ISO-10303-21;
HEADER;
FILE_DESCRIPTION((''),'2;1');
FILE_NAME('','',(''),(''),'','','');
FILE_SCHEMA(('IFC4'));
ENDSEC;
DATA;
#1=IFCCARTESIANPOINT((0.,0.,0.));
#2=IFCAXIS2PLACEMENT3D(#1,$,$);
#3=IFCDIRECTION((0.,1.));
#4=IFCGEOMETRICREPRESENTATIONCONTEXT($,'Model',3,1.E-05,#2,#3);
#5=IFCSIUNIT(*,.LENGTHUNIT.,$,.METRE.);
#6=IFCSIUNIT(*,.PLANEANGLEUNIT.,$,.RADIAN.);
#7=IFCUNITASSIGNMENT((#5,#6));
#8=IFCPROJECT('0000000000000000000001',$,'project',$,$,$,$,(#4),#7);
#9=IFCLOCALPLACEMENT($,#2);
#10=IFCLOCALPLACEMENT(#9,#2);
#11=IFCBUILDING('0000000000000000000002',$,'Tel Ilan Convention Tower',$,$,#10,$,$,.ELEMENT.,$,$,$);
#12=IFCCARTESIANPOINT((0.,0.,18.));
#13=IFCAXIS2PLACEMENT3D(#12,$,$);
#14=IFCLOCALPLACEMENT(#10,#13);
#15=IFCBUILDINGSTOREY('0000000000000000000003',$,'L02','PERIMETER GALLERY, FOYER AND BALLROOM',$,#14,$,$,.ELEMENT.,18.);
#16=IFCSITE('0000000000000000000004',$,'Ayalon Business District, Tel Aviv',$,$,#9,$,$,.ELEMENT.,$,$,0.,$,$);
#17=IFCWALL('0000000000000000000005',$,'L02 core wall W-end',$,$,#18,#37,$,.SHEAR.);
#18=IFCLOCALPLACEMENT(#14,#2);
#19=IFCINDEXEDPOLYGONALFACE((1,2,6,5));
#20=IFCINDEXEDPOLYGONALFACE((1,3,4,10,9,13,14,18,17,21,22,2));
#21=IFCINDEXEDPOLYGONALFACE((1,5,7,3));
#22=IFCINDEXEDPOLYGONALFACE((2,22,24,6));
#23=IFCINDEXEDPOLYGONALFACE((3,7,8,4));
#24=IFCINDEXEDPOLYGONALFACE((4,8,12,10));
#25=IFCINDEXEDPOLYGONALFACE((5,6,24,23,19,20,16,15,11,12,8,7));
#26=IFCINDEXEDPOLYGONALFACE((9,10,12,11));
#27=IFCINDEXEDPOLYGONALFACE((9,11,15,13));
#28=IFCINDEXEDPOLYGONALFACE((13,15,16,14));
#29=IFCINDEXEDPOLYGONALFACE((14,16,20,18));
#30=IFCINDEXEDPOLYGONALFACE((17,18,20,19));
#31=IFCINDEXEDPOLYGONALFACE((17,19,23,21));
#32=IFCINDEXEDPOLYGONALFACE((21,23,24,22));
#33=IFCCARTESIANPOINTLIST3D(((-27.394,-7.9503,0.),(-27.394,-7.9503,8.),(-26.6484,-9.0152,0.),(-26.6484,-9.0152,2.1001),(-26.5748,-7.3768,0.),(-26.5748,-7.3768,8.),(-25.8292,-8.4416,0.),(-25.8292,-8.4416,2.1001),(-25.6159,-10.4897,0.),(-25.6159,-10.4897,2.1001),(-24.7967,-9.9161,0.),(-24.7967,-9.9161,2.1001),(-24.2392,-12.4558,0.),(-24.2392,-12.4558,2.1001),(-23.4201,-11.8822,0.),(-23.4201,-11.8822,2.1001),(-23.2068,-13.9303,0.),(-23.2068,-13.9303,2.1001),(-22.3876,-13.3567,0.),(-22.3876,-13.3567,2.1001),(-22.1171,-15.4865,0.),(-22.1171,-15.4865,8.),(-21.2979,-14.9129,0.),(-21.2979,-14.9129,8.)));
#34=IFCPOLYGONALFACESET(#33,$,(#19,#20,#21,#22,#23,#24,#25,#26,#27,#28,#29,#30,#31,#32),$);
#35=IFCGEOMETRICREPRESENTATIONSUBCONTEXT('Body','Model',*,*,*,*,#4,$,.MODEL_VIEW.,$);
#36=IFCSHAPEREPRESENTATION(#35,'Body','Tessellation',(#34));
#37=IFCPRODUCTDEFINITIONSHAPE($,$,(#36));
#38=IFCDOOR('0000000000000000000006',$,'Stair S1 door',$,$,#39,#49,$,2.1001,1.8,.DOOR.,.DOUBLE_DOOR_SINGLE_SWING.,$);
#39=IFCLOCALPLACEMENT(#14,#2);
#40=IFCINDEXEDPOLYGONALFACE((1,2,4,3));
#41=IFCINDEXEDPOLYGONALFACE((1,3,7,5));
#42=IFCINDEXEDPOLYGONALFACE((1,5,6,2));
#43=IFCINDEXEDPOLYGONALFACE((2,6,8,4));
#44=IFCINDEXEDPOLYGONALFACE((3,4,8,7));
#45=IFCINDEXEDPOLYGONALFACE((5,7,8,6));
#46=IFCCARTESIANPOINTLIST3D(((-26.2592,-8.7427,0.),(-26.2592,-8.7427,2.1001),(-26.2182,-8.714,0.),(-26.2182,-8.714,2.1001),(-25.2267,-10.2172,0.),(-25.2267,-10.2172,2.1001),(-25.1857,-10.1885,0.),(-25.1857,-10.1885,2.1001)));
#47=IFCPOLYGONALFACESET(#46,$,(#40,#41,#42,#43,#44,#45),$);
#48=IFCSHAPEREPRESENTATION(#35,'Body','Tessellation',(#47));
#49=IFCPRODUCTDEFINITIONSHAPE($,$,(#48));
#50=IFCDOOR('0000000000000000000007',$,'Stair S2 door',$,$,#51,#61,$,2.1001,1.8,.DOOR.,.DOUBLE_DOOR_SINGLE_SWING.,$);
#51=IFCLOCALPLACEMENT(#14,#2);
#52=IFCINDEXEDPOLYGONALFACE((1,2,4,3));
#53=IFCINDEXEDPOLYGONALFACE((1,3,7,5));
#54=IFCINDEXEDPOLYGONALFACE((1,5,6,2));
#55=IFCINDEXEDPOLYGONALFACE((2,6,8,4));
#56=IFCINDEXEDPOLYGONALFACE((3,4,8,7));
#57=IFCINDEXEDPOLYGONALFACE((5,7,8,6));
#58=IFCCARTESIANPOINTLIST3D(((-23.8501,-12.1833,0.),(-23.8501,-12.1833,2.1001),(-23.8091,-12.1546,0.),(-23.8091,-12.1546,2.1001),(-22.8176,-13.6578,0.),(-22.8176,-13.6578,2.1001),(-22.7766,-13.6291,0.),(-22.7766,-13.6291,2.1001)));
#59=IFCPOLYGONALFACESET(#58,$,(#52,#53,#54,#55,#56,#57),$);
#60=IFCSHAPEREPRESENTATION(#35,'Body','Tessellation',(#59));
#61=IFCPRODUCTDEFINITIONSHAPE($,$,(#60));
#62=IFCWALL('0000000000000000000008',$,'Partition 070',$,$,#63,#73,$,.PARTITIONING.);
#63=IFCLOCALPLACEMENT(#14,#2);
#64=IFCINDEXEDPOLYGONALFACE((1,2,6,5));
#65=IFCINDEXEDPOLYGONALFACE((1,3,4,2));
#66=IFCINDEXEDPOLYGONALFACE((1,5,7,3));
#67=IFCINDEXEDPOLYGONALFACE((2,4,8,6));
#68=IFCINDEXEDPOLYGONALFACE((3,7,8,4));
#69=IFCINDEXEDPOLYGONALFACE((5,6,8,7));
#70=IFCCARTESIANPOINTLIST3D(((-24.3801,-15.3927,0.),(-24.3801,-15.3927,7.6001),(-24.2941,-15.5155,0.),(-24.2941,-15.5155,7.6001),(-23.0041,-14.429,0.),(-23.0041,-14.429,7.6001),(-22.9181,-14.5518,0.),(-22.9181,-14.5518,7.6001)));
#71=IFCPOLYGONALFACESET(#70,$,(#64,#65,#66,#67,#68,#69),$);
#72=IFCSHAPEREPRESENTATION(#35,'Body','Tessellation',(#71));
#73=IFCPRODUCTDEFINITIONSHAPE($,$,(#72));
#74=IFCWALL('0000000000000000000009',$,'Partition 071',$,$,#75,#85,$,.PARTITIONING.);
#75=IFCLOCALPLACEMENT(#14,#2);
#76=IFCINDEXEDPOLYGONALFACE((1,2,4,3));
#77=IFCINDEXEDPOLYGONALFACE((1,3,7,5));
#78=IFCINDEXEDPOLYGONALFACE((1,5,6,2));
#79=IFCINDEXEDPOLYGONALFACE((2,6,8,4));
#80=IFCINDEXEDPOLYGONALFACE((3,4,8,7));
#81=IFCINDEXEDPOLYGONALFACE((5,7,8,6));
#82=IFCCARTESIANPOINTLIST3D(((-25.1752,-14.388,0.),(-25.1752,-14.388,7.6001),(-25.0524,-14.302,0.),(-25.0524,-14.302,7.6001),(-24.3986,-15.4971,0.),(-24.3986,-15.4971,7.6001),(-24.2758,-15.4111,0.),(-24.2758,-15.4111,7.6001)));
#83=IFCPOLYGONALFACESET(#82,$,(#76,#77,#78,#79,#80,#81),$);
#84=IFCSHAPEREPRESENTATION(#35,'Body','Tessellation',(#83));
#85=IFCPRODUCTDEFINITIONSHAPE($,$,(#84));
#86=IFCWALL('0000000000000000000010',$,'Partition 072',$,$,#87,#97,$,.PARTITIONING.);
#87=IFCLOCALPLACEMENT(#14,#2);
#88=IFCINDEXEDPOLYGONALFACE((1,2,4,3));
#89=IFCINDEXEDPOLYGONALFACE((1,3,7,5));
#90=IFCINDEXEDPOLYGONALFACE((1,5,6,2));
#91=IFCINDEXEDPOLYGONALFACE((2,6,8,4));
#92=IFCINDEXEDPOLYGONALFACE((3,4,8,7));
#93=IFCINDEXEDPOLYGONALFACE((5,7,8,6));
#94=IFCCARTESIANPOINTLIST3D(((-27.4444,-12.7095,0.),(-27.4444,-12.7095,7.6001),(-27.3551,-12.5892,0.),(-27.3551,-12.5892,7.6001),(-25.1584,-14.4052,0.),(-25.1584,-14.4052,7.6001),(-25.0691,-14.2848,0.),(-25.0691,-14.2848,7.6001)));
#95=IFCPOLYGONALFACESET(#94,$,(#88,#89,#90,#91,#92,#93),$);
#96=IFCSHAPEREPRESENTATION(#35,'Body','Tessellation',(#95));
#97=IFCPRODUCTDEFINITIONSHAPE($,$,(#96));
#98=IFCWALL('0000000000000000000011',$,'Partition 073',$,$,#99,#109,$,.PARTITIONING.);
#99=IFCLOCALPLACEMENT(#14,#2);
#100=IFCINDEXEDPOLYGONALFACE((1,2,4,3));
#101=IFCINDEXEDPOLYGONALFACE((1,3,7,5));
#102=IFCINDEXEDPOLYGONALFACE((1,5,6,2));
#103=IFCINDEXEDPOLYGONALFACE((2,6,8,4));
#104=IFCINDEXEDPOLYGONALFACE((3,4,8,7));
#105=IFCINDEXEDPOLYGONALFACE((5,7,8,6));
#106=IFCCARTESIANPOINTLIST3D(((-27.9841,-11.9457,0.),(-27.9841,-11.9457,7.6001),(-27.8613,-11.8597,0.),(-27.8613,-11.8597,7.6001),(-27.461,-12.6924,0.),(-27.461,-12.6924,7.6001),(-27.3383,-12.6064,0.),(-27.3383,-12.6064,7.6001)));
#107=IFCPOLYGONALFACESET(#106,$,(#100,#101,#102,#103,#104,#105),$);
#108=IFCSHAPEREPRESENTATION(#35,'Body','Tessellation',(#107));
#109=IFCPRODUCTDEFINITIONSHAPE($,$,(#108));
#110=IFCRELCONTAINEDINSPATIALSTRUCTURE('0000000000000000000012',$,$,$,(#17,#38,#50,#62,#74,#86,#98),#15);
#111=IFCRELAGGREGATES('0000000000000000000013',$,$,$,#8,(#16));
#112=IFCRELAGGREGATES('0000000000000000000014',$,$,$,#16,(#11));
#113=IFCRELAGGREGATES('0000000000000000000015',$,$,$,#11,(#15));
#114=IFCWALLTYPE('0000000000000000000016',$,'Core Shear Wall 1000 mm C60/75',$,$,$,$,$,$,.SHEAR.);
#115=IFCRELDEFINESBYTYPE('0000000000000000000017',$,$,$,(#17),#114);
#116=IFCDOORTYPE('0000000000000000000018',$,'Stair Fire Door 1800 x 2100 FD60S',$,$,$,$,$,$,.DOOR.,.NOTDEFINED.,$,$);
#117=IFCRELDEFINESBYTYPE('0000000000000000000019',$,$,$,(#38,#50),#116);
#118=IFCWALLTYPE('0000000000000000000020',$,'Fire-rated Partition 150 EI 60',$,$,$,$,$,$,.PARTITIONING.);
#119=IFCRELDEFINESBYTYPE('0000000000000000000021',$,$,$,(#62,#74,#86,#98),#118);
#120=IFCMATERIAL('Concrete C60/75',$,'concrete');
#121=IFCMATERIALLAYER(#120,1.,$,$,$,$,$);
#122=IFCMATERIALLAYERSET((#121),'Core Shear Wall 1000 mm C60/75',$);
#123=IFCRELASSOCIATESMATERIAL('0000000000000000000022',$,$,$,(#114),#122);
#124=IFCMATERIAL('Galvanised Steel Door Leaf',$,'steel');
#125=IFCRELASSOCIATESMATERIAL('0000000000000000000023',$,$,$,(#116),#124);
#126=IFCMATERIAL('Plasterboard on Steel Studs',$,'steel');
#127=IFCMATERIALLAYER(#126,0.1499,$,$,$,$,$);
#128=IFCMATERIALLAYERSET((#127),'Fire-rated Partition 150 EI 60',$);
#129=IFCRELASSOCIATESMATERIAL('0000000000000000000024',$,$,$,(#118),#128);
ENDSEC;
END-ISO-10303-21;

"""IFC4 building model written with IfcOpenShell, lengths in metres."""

from ifc_helpers import new_model, si_unit, direction, frame, frame_2d, origin, place, context, subcontext, project, spatial, polyline, rectangle, outline, extrude, material, layer, layer_set, type_object, element, fill, save


model = new_model("IFC4")

# Units and contexts
model_context = context("Model", 3, precision=1e-05, world=origin(), true_north=direction((0.0, 1.0)))
body_context = subcontext(model_context, "Body", "Model", "MODEL_VIEW")
ifc_project = project(units=[si_unit("LENGTHUNIT", "METRE"), si_unit("PLANEANGLEUNIT", "RADIAN")], contexts=[model_context])

# Site, building, storey
site_placement = place(None, origin())
site = spatial("IfcSite", under=ifc_project, at=site_placement, Name="Ayalon Business District, Tel Aviv", CompositionType="ELEMENT", RefElevation=0.0)
building_placement = place(site_placement, origin())
building = spatial("IfcBuilding", under=site, at=building_placement, Name="Tel Ilan Convention Tower", CompositionType="ELEMENT")
storey_placement = place(building_placement, frame((0.0, 0.0, 18.0)))
storey = spatial("IfcBuildingStorey", under=building, at=storey_placement, Name="L02", Description="PERIMETER GALLERY, FOYER AND BALLROOM", CompositionType="ELEMENT", Elevation=18.0)

# Wall, openings, doors
ifc_material_1 = material(Name="Concrete C60/75", Category="concrete")
ifc_layer_1 = layer(ifc_material_1, 1.0)
ifc_layer_set_1 = layer_set([ifc_layer_1], Name="Core Shear Wall 1000 mm C60/75")
wall_type_1 = type_object("IfcWallType", Name="Core Shear Wall 1000 mm C60/75", PredefinedType="SHEAR", material=ifc_layer_set_1)
wall_1_placement = place(storey_placement, frame((-21.7075, -15.1997, 0.0), z_axis=(0.0, 0.0, 1.0), x_axis=(-0.573576, 0.819152, 0.0)))
wall_1 = element("IfcWall", 1, at=wall_1_placement, inside=storey, type_object=wall_type_1, Name="L02 core wall W-end", PredefinedType="SHEAR", context=body_context, shape_type="SweptSolid", body=[
    extrude(outline(polyline([(0.0, 0.5), (0.0, -0.5), (9.2, -0.5), (9.2, 0.5), (0.0, 0.5)])), origin(), (0.0, 0.0, 1.0), 8.0),
])
opening_1_placement = place(wall_1_placement, frame((6.1001, 0.0, 0.0)))
opening_1 = element("IfcOpeningElement", 2, at=opening_1_placement, cuts=wall_1, PredefinedType="OPENING", context=body_context, shape_type="SweptSolid", body=[
    extrude(rectangle(XDim=1.8, YDim=2.1001, at=frame_2d((0.8999, 1.05))), frame((0.0, 0.51, 0.0), z_axis=(0.0, -1.0, 0.0), x_axis=(1.0, 0.0, 0.0)), (0.0, 0.0, 1.0), 1.02),
])
opening_2_placement = place(wall_1_placement, frame((1.8999, 0.0, 0.0)))
opening_2 = element("IfcOpeningElement", 3, at=opening_2_placement, cuts=wall_1, PredefinedType="OPENING", context=body_context, shape_type="SweptSolid", body=[
    extrude(rectangle(XDim=1.8, YDim=2.1001, at=frame_2d((0.8999, 1.05))), frame((0.0, 0.51, 0.0), z_axis=(0.0, -1.0, 0.0), x_axis=(1.0, 0.0, 0.0)), (0.0, 0.0, 1.0), 1.02),
])
ifc_material_2 = material(Name="Galvanised Steel Door Leaf", Category="steel")
door_type = type_object("IfcDoorType", Name="Stair Fire Door 1800 x 2100 FD60S", OperationType="NOTDEFINED", PredefinedType="DOOR", material=ifc_material_2)
door_1_placement = place(opening_1_placement, origin())
door_1 = element("IfcDoor", 4, at=door_1_placement, inside=storey, type_object=door_type, Name="Stair S1 door", OperationType="DOUBLE_DOOR_SINGLE_SWING", OverallHeight=2.1001, OverallWidth=1.8, PredefinedType="DOOR", context=body_context, shape_type="SweptSolid", body=[
    extrude(rectangle(XDim=1.8, YDim=2.1001, at=frame_2d((0.8999, 1.05))), frame((0.0, 0.0249, 0.0), z_axis=(0.0, -1.0, 0.0), x_axis=(1.0, 0.0, 0.0)), (0.0, 0.0, 1.0), 0.05),
])
fill(opening_1, door_1)
door_2_placement = place(opening_2_placement, origin())
door_2 = element("IfcDoor", 5, at=door_2_placement, inside=storey, type_object=door_type, Name="Stair S2 door", OperationType="DOUBLE_DOOR_SINGLE_SWING", OverallHeight=2.1001, OverallWidth=1.8, PredefinedType="DOOR", context=body_context, shape_type="SweptSolid", body=[
    extrude(rectangle(XDim=1.8, YDim=2.1001, at=frame_2d((0.8999, 1.05))), frame((0.0, 0.0249, 0.0), z_axis=(0.0, -1.0, 0.0), x_axis=(1.0, 0.0, 0.0)), (0.0, 0.0, 1.0), 0.05),
])
fill(opening_2, door_2)

# Walls
ifc_material_3 = material(Name="Plasterboard on Steel Studs", Category="steel")
ifc_layer_2 = layer(ifc_material_3, 0.1499)
ifc_layer_set_2 = layer_set([ifc_layer_2], Name="Fire-rated Partition 150 EI 60")
wall_type_2 = type_object("IfcWallType", Name="Fire-rated Partition 150 EI 60", PredefinedType="PARTITIONING", material=ifc_layer_set_2)
wall_2_placement = place(storey_placement, frame((-22.9612, -14.4905, 0.0), z_axis=(0.0, 0.0, 1.0), x_axis=(-0.819109, -0.573638, 0.0)))
element("IfcWall", 6, at=wall_2_placement, inside=storey, type_object=wall_type_2, Name="Partition 070", PredefinedType="PARTITIONING", context=body_context, shape_type="SweptSolid", body=[
    extrude(rectangle(XDim=1.6799, YDim=0.1499, at=frame_2d((0.8398, 0.0))), origin(), (0.0, 0.0, 1.0), 7.6001),
])
wall_3_placement = place(storey_placement, frame((-24.3372, -15.4541, 0.0), z_axis=(0.0, 0.0, 1.0), x_axis=(-0.573571, 0.819156, 0.0)))
element("IfcWall", 7, at=wall_3_placement, inside=storey, type_object=wall_type_2, Name="Partition 071", PredefinedType="PARTITIONING", context=body_context, shape_type="SweptSolid", body=[
    extrude(rectangle(XDim=1.354, YDim=0.1499, at=frame_2d((0.677, 0.0))), origin(), (0.0, 0.0, 1.0), 7.6001),
])
wall_4_placement = place(storey_placement, frame((-25.1138, -14.345, 0.0), z_axis=(0.0, 0.0, 1.0), x_axis=(-0.80317, 0.595751, 0.0)))
element("IfcWall", 8, at=wall_4_placement, inside=storey, type_object=wall_type_2, Name="Partition 072", PredefinedType="PARTITIONING", context=body_context, shape_type="SweptSolid", body=[
    extrude(rectangle(XDim=2.8462, YDim=0.1499, at=frame_2d((1.4231, 0.0))), origin(), (0.0, 0.0, 1.0), 7.6001),
])
wall_5_placement = place(storey_placement, frame((-27.3997, -12.6494, 0.0), z_axis=(0.0, 0.0, 1.0), x_axis=(-0.573714, 0.819056, 0.0)))
element("IfcWall", 9, at=wall_5_placement, inside=storey, type_object=wall_type_2, Name="Partition 073", PredefinedType="PARTITIONING", context=body_context, shape_type="SweptSolid", body=[
    extrude(rectangle(XDim=0.9116, YDim=0.1499, at=frame_2d((0.4558, 0.0))), origin(), (0.0, 0.0, 1.0), 7.6001),
])

save(model, "model.ifc")
